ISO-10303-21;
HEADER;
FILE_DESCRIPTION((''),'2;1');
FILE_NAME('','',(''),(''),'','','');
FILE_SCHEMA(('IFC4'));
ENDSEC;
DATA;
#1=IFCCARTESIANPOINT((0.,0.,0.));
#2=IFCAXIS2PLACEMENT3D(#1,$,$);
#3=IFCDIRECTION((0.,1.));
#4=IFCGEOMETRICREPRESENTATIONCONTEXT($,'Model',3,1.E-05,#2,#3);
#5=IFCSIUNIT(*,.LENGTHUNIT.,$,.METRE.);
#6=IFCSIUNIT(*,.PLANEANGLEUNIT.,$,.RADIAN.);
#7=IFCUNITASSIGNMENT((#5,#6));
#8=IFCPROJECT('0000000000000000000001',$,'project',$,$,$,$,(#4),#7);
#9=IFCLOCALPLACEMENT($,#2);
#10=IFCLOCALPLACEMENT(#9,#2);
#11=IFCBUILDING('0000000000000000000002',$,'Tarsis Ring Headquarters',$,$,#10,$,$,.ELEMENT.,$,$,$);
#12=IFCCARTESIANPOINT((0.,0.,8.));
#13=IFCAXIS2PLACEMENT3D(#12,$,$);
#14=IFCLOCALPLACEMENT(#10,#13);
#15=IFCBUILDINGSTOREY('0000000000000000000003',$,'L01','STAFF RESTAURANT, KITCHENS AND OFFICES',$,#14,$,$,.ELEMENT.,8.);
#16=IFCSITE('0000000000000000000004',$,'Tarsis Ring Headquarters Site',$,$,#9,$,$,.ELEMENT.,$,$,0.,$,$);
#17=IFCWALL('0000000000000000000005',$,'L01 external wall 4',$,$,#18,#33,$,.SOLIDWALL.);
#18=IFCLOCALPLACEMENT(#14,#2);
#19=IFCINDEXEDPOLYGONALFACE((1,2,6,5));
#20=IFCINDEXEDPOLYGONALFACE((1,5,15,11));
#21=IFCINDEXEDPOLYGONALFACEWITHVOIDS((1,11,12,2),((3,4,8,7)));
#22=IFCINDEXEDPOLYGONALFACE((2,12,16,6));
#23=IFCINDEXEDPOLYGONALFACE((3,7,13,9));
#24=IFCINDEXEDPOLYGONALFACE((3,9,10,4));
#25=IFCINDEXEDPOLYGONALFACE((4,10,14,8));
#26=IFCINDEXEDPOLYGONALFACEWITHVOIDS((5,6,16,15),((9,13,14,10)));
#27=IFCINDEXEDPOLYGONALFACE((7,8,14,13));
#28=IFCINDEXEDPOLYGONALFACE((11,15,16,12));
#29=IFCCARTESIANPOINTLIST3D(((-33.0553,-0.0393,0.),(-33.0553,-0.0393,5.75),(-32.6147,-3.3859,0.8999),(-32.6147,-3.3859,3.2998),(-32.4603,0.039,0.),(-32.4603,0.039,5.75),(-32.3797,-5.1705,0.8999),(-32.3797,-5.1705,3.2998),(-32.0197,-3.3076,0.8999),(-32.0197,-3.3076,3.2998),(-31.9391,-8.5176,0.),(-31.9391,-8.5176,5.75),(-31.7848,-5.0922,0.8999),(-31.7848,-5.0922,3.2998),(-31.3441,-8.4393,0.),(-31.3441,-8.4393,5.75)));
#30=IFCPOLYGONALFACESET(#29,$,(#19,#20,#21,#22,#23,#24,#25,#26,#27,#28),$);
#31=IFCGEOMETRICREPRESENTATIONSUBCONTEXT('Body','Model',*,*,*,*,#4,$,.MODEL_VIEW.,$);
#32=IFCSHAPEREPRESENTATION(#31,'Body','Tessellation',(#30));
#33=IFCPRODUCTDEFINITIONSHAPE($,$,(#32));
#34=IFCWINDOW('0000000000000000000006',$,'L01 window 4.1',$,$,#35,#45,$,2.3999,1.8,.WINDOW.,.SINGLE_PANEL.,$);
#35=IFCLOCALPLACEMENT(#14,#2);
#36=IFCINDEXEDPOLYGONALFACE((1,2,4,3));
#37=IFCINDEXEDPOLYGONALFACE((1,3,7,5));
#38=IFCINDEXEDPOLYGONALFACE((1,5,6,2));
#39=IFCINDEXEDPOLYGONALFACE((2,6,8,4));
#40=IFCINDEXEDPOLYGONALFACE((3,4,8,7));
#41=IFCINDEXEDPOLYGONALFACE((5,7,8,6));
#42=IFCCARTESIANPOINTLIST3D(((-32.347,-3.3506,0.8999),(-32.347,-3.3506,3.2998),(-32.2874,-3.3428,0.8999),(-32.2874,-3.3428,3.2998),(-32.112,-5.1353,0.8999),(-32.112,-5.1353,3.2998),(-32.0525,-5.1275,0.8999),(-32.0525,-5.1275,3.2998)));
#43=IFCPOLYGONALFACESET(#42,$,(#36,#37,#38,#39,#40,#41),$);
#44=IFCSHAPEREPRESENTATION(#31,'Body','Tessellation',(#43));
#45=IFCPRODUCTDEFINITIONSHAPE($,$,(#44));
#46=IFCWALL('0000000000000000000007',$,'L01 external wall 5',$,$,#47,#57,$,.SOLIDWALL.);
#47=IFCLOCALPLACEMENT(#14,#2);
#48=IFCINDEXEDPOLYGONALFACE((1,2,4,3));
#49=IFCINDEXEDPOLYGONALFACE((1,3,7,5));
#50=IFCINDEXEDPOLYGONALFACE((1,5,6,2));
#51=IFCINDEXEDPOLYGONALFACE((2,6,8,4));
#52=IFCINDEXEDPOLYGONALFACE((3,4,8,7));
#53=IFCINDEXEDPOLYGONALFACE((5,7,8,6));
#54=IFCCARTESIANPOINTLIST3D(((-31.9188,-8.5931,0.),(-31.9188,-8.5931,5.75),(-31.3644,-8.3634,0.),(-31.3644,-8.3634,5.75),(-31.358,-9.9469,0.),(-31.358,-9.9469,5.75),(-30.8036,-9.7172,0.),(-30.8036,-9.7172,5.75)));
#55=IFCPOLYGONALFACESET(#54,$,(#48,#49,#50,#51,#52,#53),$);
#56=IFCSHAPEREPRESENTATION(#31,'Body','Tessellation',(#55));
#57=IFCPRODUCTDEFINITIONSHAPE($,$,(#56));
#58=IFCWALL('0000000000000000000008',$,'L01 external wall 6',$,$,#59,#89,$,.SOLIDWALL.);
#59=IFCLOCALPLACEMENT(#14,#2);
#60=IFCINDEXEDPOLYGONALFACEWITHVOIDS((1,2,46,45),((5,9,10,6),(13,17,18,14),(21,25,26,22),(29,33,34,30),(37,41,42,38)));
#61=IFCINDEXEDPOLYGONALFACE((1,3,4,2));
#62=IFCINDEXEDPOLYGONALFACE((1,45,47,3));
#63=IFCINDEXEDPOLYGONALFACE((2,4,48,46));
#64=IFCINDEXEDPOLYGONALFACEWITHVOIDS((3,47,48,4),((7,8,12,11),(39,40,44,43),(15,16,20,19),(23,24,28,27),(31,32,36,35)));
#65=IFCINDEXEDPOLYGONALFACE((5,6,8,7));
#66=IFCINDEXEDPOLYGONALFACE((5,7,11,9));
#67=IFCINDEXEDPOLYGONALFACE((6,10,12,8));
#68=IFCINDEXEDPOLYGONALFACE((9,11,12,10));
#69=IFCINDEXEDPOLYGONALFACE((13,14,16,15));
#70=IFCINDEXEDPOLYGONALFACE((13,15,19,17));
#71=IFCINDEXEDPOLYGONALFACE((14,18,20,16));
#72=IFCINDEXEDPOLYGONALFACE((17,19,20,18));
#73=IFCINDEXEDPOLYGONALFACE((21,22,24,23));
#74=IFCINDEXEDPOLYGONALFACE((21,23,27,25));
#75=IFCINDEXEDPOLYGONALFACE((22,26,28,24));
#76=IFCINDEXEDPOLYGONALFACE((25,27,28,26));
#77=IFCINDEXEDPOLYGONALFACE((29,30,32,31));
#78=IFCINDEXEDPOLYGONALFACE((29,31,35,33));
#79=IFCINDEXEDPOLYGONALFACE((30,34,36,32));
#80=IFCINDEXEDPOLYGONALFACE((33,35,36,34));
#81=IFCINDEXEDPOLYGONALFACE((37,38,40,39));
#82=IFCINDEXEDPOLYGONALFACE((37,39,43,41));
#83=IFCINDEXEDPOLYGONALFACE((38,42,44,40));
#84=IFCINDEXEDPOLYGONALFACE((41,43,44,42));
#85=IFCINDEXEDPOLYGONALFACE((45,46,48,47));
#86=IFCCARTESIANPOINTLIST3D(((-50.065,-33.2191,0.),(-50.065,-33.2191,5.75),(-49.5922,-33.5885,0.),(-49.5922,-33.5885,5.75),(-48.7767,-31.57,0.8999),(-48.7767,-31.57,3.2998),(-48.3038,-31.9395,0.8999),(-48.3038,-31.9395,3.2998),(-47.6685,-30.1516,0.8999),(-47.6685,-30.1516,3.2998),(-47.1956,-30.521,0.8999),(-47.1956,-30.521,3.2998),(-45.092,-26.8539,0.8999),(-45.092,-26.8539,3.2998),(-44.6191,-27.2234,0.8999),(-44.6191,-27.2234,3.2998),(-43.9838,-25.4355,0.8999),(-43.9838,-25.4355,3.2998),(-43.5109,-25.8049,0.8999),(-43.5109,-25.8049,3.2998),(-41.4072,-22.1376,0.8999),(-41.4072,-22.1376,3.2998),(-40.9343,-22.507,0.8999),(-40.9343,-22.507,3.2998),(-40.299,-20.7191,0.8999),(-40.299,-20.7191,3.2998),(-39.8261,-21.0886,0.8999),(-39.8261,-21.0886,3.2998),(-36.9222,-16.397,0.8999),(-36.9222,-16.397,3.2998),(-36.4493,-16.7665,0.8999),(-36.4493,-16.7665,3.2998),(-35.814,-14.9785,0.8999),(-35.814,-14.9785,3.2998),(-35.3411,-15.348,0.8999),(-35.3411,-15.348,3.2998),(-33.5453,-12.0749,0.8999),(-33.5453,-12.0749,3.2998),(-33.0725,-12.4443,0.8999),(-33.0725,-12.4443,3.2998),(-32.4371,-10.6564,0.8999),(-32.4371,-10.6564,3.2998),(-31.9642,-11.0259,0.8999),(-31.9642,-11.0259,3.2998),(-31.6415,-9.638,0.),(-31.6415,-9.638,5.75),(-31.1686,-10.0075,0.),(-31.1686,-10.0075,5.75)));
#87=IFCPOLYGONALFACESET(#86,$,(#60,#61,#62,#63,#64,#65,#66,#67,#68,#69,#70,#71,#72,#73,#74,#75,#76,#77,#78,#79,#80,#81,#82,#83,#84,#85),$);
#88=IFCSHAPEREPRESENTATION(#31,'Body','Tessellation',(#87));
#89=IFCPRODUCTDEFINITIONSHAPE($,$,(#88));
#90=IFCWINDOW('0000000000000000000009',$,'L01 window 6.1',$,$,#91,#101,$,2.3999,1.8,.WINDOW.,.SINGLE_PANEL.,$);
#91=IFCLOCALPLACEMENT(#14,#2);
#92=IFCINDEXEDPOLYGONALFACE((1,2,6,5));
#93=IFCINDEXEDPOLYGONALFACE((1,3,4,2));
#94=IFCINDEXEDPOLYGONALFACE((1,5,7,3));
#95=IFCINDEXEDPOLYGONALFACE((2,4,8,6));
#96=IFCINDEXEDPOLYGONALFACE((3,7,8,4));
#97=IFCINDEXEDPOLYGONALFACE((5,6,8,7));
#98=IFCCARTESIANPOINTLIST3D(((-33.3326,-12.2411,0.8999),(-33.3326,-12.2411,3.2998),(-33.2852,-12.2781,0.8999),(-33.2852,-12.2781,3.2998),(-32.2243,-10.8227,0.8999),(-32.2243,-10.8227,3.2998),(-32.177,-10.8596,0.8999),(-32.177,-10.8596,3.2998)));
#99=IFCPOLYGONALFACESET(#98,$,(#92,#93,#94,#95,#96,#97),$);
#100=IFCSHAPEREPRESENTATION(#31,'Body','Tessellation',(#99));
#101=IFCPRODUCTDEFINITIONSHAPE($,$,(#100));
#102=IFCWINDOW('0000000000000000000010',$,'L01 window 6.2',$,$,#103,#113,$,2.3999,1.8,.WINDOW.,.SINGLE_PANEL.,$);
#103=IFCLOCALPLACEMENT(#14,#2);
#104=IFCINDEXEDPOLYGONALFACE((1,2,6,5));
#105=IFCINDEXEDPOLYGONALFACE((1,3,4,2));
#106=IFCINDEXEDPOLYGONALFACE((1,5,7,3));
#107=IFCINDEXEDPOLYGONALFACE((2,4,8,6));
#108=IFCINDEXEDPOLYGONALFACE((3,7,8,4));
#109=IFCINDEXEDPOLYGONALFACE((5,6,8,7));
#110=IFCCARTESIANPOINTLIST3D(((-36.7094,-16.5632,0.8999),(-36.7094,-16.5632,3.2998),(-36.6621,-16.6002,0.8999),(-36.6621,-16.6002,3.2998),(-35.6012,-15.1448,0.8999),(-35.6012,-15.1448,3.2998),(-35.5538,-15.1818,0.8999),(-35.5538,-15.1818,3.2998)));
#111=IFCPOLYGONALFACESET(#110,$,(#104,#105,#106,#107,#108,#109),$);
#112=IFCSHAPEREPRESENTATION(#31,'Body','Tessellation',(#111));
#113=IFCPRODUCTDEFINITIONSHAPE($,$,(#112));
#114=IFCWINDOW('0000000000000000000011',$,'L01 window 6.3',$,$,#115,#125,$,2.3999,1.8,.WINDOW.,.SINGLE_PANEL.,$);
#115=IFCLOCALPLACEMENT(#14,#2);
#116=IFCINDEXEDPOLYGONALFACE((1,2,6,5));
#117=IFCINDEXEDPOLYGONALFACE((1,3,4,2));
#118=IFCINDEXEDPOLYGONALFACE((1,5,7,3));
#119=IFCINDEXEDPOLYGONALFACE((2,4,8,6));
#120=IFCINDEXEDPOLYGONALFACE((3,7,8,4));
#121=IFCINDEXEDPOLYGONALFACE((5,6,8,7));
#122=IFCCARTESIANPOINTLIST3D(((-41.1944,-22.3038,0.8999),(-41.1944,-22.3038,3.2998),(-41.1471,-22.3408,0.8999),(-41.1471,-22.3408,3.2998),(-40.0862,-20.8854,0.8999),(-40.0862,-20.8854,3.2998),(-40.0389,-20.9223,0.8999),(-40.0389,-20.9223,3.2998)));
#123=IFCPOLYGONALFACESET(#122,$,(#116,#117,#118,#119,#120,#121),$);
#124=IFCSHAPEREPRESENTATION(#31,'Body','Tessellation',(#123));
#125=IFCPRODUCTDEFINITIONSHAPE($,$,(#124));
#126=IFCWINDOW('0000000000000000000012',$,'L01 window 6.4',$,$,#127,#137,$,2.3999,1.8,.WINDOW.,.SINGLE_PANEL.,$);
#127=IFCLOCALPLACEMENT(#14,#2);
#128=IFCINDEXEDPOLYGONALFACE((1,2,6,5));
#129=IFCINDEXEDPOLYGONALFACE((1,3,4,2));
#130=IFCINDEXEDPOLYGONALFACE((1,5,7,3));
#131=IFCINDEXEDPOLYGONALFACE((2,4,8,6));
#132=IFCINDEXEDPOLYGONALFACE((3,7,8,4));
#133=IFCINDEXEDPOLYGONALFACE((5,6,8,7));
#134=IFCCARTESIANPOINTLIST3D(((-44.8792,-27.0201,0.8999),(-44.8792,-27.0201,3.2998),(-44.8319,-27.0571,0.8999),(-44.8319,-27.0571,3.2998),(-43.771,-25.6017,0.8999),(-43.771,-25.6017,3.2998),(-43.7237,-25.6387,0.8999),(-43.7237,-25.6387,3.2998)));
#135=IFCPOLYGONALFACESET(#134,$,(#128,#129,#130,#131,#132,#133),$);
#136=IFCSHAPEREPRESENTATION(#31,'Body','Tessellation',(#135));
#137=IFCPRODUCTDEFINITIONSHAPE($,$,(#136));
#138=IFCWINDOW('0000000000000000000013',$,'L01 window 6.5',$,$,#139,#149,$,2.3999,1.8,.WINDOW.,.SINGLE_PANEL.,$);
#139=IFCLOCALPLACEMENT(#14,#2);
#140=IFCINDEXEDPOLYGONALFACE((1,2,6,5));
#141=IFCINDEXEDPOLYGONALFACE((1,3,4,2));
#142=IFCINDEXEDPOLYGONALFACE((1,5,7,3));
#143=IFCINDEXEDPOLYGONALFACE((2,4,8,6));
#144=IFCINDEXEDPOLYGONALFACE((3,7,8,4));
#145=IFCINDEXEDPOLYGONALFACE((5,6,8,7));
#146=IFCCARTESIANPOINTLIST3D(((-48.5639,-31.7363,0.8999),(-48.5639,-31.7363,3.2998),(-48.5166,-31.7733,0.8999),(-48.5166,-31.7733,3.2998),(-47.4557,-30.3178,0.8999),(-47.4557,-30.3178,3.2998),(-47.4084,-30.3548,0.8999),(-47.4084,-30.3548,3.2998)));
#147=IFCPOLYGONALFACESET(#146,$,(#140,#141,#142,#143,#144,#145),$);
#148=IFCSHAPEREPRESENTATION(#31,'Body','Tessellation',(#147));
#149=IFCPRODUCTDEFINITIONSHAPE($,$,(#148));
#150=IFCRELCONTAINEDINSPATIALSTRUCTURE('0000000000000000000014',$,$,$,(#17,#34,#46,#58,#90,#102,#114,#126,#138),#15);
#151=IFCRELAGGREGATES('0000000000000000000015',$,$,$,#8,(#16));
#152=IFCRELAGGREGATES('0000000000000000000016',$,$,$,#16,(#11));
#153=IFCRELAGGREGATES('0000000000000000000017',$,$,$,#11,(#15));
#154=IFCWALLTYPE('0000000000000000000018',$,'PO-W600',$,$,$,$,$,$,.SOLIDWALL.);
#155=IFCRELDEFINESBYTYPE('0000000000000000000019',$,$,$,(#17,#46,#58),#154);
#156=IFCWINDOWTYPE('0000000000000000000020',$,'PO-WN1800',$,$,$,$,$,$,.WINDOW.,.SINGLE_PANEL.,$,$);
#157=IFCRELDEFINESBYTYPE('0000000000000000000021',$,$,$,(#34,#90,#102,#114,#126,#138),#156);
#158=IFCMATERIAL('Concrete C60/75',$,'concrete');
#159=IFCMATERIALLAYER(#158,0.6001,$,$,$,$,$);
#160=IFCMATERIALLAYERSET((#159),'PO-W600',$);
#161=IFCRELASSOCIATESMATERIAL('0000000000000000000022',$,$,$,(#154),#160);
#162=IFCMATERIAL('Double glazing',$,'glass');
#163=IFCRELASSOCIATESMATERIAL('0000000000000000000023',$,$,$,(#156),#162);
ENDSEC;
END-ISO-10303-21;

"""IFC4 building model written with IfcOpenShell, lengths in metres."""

from ifc_helpers import new_model, si_unit, direction, frame, frame_2d, origin, place, context, subcontext, project, spatial, rectangle, extrude, material, layer, layer_set, type_object, element, fill, save


model = new_model("IFC4")

# Units and contexts
model_context = context("Model", 3, precision=1e-05, world=origin(), true_north=direction((0.0, 1.0)))
body_context = subcontext(model_context, "Body", "Model", "MODEL_VIEW")
ifc_project = project(units=[si_unit("LENGTHUNIT", "METRE"), si_unit("PLANEANGLEUNIT", "RADIAN")], contexts=[model_context])

# Site, building, storey
site_placement = place(None, origin())
site = spatial("IfcSite", under=ifc_project, at=site_placement, Name="Tarsis Ring Headquarters Site", CompositionType="ELEMENT", RefElevation=0.0)
building_placement = place(site_placement, origin())
building = spatial("IfcBuilding", under=site, at=building_placement, Name="Tarsis Ring Headquarters", CompositionType="ELEMENT")
storey_placement = place(building_placement, frame((0.0, 0.0, 8.0)))
storey = spatial("IfcBuildingStorey", under=building, at=storey_placement, Name="L01", Description="STAFF RESTAURANT, KITCHENS AND OFFICES", CompositionType="ELEMENT", Elevation=8.0)

# Wall, opening, window
ifc_material_1 = material(Name="Concrete C60/75", Category="concrete")
ifc_layer_1 = layer(ifc_material_1, 0.6001)
ifc_layer_set_1 = layer_set([ifc_layer_1], Name="PO-W600")
wall_type_1 = type_object("IfcWallType", Name="PO-W600", PredefinedType="SOLIDWALL", material=ifc_layer_set_1)
wall_1_placement = place(storey_placement, frame((-32.7578, 0.0, 0.0), z_axis=(0.0, 0.0, 1.0), x_axis=(0.130529, -0.991444, 0.0)))
wall_1 = element("IfcWall", 1, at=wall_1_placement, inside=storey, type_object=wall_type_1, Name="L01 external wall 4", PredefinedType="SOLIDWALL", context=body_context, shape_type="SweptSolid", body=[
    extrude(rectangle(XDim=8.5515, YDim=0.6001, at=frame_2d((4.2759, 0.0))), origin(), (0.0, 0.0, 1.0), 5.75),
])
opening_1_placement = place(wall_1_placement, frame((3.3757, 0.0, 0.8999)))
opening_1 = element("IfcOpeningElement", 2, at=opening_1_placement, cuts=wall_1, PredefinedType="OPENING", context=body_context, shape_type="SweptSolid", body=[
    extrude(rectangle(XDim=1.8, YDim=2.3999, at=frame_2d((0.8999, 1.2))), frame((0.0, 0.3101, 0.0), z_axis=(0.0, -1.0, 0.0), x_axis=(1.0, 0.0, 0.0)), (0.0, 0.0, 1.0), 0.6201),
])
ifc_material_2 = material(Name="Double glazing", Category="glass")
window_type = type_object("IfcWindowType", Name="PO-WN1800", PartitioningType="SINGLE_PANEL", PredefinedType="WINDOW", material=ifc_material_2)
window_1_placement = place(opening_1_placement, origin())
window_1 = element("IfcWindow", 3, at=window_1_placement, inside=storey, type_object=window_type, Name="L01 window 4.1", OverallHeight=2.3999, OverallWidth=1.8, PartitioningType="SINGLE_PANEL", PredefinedType="WINDOW", context=body_context, shape_type="SweptSolid", body=[
    extrude(rectangle(XDim=1.8, YDim=2.3999, at=frame_2d((0.8999, 1.2))), frame((0.0, 0.03, 0.0), z_axis=(0.0, -1.0, 0.0), x_axis=(1.0, 0.0, 0.0)), (0.0, 0.0, 1.0), 0.0601),
])
fill(opening_1, window_1)

# Wall
wall_2_placement = place(storey_placement, frame((-31.6416, -8.4783, 0.0), z_axis=(0.0, 0.0, 1.0), x_axis=(0.38271, -0.923869, 0.0)))
element("IfcWall", 4, at=wall_2_placement, inside=storey, type_object=wall_type_1, Name="L01 external wall 5", PredefinedType="SOLIDWALL", context=body_context, shape_type="SweptSolid", body=[
    extrude(rectangle(XDim=1.4653, YDim=0.6001, at=frame_2d((0.7327, 0.0))), origin(), (0.0, 0.0, 1.0), 5.75),
])

# Wall, openings, windows
wall_3_placement = place(storey_placement, frame((-31.405, -9.8228, 0.0), z_axis=(0.0, 0.0, 1.0), x_axis=(-0.615662, -0.78801, 0.0)))
wall_3 = element("IfcWall", 5, at=wall_3_placement, inside=storey, type_object=wall_type_1, Name="L01 external wall 6", PredefinedType="SOLIDWALL", context=body_context, shape_type="SweptSolid", body=[
    extrude(rectangle(XDim=29.9248, YDim=0.6001, at=frame_2d((14.9624, 0.0))), origin(), (0.0, 0.0, 1.0), 5.75),
])
opening_2_placement = place(wall_3_placement, frame((1.2925, 0.0, 0.8999)))
opening_2 = element("IfcOpeningElement", 6, at=opening_2_placement, cuts=wall_3, PredefinedType="OPENING", context=body_context, shape_type="SweptSolid", body=[
    extrude(rectangle(XDim=1.8, YDim=2.3999, at=frame_2d((0.8999, 1.2))), frame((0.0, 0.3101, 0.0), z_axis=(0.0, -1.0, 0.0), x_axis=(1.0, 0.0, 0.0)), (0.0, 0.0, 1.0), 0.6201),
])
opening_3_placement = place(wall_3_placement, frame((6.7773, 0.0, 0.8999)))
opening_3 = element("IfcOpeningElement", 7, at=opening_3_placement, cuts=wall_3, PredefinedType="OPENING", context=body_context, shape_type="SweptSolid", body=[
    extrude(rectangle(XDim=1.8, YDim=2.3999, at=frame_2d((0.8999, 1.2))), frame((0.0, 0.3101, 0.0), z_axis=(0.0, -1.0, 0.0), x_axis=(1.0, 0.0, 0.0)), (0.0, 0.0, 1.0), 0.6201),
])
opening_4_placement = place(wall_3_placement, frame((14.0623, 0.0, 0.8999)))
opening_4 = element("IfcOpeningElement", 8, at=opening_4_placement, cuts=wall_3, PredefinedType="OPENING", context=body_context, shape_type="SweptSolid", body=[
    extrude(rectangle(XDim=1.8, YDim=2.3999, at=frame_2d((0.8999, 1.2))), frame((0.0, 0.3101, 0.0), z_axis=(0.0, -1.0, 0.0), x_axis=(1.0, 0.0, 0.0)), (0.0, 0.0, 1.0), 0.6201),
])
opening_5_placement = place(wall_3_placement, frame((20.0474, 0.0, 0.8999)))
opening_5 = element("IfcOpeningElement", 9, at=opening_5_placement, cuts=wall_3, PredefinedType="OPENING", context=body_context, shape_type="SweptSolid", body=[
    extrude(rectangle(XDim=1.8, YDim=2.3999, at=frame_2d((0.8999, 1.2))), frame((0.0, 0.3101, 0.0), z_axis=(0.0, -1.0, 0.0), x_axis=(1.0, 0.0, 0.0)), (0.0, 0.0, 1.0), 0.6201),
])
opening_6_placement = place(wall_3_placement, frame((26.0322, 0.0, 0.8999)))
opening_6 = element("IfcOpeningElement", 10, at=opening_6_placement, cuts=wall_3, PredefinedType="OPENING", context=body_context, shape_type="SweptSolid", body=[
    extrude(rectangle(XDim=1.8, YDim=2.3999, at=frame_2d((0.8999, 1.2))), frame((0.0, 0.3101, 0.0), z_axis=(0.0, -1.0, 0.0), x_axis=(1.0, 0.0, 0.0)), (0.0, 0.0, 1.0), 0.6201),
])
window_2_placement = place(opening_2_placement, origin())
window_2 = element("IfcWindow", 11, at=window_2_placement, inside=storey, type_object=window_type, Name="L01 window 6.1", OverallHeight=2.3999, OverallWidth=1.8, PartitioningType="SINGLE_PANEL", PredefinedType="WINDOW", context=body_context, shape_type="SweptSolid", body=[
    extrude(rectangle(XDim=1.8, YDim=2.3999, at=frame_2d((0.8999, 1.2))), frame((0.0, 0.03, 0.0), z_axis=(0.0, -1.0, 0.0), x_axis=(1.0, 0.0, 0.0)), (0.0, 0.0, 1.0), 0.0601),
])
fill(opening_2, window_2)
window_3_placement = place(opening_3_placement, origin())
window_3 = element("IfcWindow", 12, at=window_3_placement, inside=storey, type_object=window_type, Name="L01 window 6.2", OverallHeight=2.3999, OverallWidth=1.8, PartitioningType="SINGLE_PANEL", PredefinedType="WINDOW", context=body_context, shape_type="SweptSolid", body=[
    extrude(rectangle(XDim=1.8, YDim=2.3999, at=frame_2d((0.8999, 1.2))), frame((0.0, 0.03, 0.0), z_axis=(0.0, -1.0, 0.0), x_axis=(1.0, 0.0, 0.0)), (0.0, 0.0, 1.0), 0.0601),
])
fill(opening_3, window_3)
window_4_placement = place(opening_4_placement, origin())
window_4 = element("IfcWindow", 13, at=window_4_placement, inside=storey, type_object=window_type, Name="L01 window 6.3", OverallHeight=2.3999, OverallWidth=1.8, PartitioningType="SINGLE_PANEL", PredefinedType="WINDOW", context=body_context, shape_type="SweptSolid", body=[
    extrude(rectangle(XDim=1.8, YDim=2.3999, at=frame_2d((0.8999, 1.2))), frame((0.0, 0.03, 0.0), z_axis=(0.0, -1.0, 0.0), x_axis=(1.0, 0.0, 0.0)), (0.0, 0.0, 1.0), 0.0601),
])
fill(opening_4, window_4)
window_5_placement = place(opening_5_placement, origin())
window_5 = element("IfcWindow", 14, at=window_5_placement, inside=storey, type_object=window_type, Name="L01 window 6.4", OverallHeight=2.3999, OverallWidth=1.8, PartitioningType="SINGLE_PANEL", PredefinedType="WINDOW", context=body_context, shape_type="SweptSolid", body=[
    extrude(rectangle(XDim=1.8, YDim=2.3999, at=frame_2d((0.8999, 1.2))), frame((0.0, 0.03, 0.0), z_axis=(0.0, -1.0, 0.0), x_axis=(1.0, 0.0, 0.0)), (0.0, 0.0, 1.0), 0.0601),
])
fill(opening_5, window_5)
window_6_placement = place(opening_6_placement, origin())
window_6 = element("IfcWindow", 15, at=window_6_placement, inside=storey, type_object=window_type, Name="L01 window 6.5", OverallHeight=2.3999, OverallWidth=1.8, PartitioningType="SINGLE_PANEL", PredefinedType="WINDOW", context=body_context, shape_type="SweptSolid", body=[
    extrude(rectangle(XDim=1.8, YDim=2.3999, at=frame_2d((0.8999, 1.2))), frame((0.0, 0.03, 0.0), z_axis=(0.0, -1.0, 0.0), x_axis=(1.0, 0.0, 0.0)), (0.0, 0.0, 1.0), 0.0601),
])
fill(opening_6, window_6)

save(model, "model.ifc")
